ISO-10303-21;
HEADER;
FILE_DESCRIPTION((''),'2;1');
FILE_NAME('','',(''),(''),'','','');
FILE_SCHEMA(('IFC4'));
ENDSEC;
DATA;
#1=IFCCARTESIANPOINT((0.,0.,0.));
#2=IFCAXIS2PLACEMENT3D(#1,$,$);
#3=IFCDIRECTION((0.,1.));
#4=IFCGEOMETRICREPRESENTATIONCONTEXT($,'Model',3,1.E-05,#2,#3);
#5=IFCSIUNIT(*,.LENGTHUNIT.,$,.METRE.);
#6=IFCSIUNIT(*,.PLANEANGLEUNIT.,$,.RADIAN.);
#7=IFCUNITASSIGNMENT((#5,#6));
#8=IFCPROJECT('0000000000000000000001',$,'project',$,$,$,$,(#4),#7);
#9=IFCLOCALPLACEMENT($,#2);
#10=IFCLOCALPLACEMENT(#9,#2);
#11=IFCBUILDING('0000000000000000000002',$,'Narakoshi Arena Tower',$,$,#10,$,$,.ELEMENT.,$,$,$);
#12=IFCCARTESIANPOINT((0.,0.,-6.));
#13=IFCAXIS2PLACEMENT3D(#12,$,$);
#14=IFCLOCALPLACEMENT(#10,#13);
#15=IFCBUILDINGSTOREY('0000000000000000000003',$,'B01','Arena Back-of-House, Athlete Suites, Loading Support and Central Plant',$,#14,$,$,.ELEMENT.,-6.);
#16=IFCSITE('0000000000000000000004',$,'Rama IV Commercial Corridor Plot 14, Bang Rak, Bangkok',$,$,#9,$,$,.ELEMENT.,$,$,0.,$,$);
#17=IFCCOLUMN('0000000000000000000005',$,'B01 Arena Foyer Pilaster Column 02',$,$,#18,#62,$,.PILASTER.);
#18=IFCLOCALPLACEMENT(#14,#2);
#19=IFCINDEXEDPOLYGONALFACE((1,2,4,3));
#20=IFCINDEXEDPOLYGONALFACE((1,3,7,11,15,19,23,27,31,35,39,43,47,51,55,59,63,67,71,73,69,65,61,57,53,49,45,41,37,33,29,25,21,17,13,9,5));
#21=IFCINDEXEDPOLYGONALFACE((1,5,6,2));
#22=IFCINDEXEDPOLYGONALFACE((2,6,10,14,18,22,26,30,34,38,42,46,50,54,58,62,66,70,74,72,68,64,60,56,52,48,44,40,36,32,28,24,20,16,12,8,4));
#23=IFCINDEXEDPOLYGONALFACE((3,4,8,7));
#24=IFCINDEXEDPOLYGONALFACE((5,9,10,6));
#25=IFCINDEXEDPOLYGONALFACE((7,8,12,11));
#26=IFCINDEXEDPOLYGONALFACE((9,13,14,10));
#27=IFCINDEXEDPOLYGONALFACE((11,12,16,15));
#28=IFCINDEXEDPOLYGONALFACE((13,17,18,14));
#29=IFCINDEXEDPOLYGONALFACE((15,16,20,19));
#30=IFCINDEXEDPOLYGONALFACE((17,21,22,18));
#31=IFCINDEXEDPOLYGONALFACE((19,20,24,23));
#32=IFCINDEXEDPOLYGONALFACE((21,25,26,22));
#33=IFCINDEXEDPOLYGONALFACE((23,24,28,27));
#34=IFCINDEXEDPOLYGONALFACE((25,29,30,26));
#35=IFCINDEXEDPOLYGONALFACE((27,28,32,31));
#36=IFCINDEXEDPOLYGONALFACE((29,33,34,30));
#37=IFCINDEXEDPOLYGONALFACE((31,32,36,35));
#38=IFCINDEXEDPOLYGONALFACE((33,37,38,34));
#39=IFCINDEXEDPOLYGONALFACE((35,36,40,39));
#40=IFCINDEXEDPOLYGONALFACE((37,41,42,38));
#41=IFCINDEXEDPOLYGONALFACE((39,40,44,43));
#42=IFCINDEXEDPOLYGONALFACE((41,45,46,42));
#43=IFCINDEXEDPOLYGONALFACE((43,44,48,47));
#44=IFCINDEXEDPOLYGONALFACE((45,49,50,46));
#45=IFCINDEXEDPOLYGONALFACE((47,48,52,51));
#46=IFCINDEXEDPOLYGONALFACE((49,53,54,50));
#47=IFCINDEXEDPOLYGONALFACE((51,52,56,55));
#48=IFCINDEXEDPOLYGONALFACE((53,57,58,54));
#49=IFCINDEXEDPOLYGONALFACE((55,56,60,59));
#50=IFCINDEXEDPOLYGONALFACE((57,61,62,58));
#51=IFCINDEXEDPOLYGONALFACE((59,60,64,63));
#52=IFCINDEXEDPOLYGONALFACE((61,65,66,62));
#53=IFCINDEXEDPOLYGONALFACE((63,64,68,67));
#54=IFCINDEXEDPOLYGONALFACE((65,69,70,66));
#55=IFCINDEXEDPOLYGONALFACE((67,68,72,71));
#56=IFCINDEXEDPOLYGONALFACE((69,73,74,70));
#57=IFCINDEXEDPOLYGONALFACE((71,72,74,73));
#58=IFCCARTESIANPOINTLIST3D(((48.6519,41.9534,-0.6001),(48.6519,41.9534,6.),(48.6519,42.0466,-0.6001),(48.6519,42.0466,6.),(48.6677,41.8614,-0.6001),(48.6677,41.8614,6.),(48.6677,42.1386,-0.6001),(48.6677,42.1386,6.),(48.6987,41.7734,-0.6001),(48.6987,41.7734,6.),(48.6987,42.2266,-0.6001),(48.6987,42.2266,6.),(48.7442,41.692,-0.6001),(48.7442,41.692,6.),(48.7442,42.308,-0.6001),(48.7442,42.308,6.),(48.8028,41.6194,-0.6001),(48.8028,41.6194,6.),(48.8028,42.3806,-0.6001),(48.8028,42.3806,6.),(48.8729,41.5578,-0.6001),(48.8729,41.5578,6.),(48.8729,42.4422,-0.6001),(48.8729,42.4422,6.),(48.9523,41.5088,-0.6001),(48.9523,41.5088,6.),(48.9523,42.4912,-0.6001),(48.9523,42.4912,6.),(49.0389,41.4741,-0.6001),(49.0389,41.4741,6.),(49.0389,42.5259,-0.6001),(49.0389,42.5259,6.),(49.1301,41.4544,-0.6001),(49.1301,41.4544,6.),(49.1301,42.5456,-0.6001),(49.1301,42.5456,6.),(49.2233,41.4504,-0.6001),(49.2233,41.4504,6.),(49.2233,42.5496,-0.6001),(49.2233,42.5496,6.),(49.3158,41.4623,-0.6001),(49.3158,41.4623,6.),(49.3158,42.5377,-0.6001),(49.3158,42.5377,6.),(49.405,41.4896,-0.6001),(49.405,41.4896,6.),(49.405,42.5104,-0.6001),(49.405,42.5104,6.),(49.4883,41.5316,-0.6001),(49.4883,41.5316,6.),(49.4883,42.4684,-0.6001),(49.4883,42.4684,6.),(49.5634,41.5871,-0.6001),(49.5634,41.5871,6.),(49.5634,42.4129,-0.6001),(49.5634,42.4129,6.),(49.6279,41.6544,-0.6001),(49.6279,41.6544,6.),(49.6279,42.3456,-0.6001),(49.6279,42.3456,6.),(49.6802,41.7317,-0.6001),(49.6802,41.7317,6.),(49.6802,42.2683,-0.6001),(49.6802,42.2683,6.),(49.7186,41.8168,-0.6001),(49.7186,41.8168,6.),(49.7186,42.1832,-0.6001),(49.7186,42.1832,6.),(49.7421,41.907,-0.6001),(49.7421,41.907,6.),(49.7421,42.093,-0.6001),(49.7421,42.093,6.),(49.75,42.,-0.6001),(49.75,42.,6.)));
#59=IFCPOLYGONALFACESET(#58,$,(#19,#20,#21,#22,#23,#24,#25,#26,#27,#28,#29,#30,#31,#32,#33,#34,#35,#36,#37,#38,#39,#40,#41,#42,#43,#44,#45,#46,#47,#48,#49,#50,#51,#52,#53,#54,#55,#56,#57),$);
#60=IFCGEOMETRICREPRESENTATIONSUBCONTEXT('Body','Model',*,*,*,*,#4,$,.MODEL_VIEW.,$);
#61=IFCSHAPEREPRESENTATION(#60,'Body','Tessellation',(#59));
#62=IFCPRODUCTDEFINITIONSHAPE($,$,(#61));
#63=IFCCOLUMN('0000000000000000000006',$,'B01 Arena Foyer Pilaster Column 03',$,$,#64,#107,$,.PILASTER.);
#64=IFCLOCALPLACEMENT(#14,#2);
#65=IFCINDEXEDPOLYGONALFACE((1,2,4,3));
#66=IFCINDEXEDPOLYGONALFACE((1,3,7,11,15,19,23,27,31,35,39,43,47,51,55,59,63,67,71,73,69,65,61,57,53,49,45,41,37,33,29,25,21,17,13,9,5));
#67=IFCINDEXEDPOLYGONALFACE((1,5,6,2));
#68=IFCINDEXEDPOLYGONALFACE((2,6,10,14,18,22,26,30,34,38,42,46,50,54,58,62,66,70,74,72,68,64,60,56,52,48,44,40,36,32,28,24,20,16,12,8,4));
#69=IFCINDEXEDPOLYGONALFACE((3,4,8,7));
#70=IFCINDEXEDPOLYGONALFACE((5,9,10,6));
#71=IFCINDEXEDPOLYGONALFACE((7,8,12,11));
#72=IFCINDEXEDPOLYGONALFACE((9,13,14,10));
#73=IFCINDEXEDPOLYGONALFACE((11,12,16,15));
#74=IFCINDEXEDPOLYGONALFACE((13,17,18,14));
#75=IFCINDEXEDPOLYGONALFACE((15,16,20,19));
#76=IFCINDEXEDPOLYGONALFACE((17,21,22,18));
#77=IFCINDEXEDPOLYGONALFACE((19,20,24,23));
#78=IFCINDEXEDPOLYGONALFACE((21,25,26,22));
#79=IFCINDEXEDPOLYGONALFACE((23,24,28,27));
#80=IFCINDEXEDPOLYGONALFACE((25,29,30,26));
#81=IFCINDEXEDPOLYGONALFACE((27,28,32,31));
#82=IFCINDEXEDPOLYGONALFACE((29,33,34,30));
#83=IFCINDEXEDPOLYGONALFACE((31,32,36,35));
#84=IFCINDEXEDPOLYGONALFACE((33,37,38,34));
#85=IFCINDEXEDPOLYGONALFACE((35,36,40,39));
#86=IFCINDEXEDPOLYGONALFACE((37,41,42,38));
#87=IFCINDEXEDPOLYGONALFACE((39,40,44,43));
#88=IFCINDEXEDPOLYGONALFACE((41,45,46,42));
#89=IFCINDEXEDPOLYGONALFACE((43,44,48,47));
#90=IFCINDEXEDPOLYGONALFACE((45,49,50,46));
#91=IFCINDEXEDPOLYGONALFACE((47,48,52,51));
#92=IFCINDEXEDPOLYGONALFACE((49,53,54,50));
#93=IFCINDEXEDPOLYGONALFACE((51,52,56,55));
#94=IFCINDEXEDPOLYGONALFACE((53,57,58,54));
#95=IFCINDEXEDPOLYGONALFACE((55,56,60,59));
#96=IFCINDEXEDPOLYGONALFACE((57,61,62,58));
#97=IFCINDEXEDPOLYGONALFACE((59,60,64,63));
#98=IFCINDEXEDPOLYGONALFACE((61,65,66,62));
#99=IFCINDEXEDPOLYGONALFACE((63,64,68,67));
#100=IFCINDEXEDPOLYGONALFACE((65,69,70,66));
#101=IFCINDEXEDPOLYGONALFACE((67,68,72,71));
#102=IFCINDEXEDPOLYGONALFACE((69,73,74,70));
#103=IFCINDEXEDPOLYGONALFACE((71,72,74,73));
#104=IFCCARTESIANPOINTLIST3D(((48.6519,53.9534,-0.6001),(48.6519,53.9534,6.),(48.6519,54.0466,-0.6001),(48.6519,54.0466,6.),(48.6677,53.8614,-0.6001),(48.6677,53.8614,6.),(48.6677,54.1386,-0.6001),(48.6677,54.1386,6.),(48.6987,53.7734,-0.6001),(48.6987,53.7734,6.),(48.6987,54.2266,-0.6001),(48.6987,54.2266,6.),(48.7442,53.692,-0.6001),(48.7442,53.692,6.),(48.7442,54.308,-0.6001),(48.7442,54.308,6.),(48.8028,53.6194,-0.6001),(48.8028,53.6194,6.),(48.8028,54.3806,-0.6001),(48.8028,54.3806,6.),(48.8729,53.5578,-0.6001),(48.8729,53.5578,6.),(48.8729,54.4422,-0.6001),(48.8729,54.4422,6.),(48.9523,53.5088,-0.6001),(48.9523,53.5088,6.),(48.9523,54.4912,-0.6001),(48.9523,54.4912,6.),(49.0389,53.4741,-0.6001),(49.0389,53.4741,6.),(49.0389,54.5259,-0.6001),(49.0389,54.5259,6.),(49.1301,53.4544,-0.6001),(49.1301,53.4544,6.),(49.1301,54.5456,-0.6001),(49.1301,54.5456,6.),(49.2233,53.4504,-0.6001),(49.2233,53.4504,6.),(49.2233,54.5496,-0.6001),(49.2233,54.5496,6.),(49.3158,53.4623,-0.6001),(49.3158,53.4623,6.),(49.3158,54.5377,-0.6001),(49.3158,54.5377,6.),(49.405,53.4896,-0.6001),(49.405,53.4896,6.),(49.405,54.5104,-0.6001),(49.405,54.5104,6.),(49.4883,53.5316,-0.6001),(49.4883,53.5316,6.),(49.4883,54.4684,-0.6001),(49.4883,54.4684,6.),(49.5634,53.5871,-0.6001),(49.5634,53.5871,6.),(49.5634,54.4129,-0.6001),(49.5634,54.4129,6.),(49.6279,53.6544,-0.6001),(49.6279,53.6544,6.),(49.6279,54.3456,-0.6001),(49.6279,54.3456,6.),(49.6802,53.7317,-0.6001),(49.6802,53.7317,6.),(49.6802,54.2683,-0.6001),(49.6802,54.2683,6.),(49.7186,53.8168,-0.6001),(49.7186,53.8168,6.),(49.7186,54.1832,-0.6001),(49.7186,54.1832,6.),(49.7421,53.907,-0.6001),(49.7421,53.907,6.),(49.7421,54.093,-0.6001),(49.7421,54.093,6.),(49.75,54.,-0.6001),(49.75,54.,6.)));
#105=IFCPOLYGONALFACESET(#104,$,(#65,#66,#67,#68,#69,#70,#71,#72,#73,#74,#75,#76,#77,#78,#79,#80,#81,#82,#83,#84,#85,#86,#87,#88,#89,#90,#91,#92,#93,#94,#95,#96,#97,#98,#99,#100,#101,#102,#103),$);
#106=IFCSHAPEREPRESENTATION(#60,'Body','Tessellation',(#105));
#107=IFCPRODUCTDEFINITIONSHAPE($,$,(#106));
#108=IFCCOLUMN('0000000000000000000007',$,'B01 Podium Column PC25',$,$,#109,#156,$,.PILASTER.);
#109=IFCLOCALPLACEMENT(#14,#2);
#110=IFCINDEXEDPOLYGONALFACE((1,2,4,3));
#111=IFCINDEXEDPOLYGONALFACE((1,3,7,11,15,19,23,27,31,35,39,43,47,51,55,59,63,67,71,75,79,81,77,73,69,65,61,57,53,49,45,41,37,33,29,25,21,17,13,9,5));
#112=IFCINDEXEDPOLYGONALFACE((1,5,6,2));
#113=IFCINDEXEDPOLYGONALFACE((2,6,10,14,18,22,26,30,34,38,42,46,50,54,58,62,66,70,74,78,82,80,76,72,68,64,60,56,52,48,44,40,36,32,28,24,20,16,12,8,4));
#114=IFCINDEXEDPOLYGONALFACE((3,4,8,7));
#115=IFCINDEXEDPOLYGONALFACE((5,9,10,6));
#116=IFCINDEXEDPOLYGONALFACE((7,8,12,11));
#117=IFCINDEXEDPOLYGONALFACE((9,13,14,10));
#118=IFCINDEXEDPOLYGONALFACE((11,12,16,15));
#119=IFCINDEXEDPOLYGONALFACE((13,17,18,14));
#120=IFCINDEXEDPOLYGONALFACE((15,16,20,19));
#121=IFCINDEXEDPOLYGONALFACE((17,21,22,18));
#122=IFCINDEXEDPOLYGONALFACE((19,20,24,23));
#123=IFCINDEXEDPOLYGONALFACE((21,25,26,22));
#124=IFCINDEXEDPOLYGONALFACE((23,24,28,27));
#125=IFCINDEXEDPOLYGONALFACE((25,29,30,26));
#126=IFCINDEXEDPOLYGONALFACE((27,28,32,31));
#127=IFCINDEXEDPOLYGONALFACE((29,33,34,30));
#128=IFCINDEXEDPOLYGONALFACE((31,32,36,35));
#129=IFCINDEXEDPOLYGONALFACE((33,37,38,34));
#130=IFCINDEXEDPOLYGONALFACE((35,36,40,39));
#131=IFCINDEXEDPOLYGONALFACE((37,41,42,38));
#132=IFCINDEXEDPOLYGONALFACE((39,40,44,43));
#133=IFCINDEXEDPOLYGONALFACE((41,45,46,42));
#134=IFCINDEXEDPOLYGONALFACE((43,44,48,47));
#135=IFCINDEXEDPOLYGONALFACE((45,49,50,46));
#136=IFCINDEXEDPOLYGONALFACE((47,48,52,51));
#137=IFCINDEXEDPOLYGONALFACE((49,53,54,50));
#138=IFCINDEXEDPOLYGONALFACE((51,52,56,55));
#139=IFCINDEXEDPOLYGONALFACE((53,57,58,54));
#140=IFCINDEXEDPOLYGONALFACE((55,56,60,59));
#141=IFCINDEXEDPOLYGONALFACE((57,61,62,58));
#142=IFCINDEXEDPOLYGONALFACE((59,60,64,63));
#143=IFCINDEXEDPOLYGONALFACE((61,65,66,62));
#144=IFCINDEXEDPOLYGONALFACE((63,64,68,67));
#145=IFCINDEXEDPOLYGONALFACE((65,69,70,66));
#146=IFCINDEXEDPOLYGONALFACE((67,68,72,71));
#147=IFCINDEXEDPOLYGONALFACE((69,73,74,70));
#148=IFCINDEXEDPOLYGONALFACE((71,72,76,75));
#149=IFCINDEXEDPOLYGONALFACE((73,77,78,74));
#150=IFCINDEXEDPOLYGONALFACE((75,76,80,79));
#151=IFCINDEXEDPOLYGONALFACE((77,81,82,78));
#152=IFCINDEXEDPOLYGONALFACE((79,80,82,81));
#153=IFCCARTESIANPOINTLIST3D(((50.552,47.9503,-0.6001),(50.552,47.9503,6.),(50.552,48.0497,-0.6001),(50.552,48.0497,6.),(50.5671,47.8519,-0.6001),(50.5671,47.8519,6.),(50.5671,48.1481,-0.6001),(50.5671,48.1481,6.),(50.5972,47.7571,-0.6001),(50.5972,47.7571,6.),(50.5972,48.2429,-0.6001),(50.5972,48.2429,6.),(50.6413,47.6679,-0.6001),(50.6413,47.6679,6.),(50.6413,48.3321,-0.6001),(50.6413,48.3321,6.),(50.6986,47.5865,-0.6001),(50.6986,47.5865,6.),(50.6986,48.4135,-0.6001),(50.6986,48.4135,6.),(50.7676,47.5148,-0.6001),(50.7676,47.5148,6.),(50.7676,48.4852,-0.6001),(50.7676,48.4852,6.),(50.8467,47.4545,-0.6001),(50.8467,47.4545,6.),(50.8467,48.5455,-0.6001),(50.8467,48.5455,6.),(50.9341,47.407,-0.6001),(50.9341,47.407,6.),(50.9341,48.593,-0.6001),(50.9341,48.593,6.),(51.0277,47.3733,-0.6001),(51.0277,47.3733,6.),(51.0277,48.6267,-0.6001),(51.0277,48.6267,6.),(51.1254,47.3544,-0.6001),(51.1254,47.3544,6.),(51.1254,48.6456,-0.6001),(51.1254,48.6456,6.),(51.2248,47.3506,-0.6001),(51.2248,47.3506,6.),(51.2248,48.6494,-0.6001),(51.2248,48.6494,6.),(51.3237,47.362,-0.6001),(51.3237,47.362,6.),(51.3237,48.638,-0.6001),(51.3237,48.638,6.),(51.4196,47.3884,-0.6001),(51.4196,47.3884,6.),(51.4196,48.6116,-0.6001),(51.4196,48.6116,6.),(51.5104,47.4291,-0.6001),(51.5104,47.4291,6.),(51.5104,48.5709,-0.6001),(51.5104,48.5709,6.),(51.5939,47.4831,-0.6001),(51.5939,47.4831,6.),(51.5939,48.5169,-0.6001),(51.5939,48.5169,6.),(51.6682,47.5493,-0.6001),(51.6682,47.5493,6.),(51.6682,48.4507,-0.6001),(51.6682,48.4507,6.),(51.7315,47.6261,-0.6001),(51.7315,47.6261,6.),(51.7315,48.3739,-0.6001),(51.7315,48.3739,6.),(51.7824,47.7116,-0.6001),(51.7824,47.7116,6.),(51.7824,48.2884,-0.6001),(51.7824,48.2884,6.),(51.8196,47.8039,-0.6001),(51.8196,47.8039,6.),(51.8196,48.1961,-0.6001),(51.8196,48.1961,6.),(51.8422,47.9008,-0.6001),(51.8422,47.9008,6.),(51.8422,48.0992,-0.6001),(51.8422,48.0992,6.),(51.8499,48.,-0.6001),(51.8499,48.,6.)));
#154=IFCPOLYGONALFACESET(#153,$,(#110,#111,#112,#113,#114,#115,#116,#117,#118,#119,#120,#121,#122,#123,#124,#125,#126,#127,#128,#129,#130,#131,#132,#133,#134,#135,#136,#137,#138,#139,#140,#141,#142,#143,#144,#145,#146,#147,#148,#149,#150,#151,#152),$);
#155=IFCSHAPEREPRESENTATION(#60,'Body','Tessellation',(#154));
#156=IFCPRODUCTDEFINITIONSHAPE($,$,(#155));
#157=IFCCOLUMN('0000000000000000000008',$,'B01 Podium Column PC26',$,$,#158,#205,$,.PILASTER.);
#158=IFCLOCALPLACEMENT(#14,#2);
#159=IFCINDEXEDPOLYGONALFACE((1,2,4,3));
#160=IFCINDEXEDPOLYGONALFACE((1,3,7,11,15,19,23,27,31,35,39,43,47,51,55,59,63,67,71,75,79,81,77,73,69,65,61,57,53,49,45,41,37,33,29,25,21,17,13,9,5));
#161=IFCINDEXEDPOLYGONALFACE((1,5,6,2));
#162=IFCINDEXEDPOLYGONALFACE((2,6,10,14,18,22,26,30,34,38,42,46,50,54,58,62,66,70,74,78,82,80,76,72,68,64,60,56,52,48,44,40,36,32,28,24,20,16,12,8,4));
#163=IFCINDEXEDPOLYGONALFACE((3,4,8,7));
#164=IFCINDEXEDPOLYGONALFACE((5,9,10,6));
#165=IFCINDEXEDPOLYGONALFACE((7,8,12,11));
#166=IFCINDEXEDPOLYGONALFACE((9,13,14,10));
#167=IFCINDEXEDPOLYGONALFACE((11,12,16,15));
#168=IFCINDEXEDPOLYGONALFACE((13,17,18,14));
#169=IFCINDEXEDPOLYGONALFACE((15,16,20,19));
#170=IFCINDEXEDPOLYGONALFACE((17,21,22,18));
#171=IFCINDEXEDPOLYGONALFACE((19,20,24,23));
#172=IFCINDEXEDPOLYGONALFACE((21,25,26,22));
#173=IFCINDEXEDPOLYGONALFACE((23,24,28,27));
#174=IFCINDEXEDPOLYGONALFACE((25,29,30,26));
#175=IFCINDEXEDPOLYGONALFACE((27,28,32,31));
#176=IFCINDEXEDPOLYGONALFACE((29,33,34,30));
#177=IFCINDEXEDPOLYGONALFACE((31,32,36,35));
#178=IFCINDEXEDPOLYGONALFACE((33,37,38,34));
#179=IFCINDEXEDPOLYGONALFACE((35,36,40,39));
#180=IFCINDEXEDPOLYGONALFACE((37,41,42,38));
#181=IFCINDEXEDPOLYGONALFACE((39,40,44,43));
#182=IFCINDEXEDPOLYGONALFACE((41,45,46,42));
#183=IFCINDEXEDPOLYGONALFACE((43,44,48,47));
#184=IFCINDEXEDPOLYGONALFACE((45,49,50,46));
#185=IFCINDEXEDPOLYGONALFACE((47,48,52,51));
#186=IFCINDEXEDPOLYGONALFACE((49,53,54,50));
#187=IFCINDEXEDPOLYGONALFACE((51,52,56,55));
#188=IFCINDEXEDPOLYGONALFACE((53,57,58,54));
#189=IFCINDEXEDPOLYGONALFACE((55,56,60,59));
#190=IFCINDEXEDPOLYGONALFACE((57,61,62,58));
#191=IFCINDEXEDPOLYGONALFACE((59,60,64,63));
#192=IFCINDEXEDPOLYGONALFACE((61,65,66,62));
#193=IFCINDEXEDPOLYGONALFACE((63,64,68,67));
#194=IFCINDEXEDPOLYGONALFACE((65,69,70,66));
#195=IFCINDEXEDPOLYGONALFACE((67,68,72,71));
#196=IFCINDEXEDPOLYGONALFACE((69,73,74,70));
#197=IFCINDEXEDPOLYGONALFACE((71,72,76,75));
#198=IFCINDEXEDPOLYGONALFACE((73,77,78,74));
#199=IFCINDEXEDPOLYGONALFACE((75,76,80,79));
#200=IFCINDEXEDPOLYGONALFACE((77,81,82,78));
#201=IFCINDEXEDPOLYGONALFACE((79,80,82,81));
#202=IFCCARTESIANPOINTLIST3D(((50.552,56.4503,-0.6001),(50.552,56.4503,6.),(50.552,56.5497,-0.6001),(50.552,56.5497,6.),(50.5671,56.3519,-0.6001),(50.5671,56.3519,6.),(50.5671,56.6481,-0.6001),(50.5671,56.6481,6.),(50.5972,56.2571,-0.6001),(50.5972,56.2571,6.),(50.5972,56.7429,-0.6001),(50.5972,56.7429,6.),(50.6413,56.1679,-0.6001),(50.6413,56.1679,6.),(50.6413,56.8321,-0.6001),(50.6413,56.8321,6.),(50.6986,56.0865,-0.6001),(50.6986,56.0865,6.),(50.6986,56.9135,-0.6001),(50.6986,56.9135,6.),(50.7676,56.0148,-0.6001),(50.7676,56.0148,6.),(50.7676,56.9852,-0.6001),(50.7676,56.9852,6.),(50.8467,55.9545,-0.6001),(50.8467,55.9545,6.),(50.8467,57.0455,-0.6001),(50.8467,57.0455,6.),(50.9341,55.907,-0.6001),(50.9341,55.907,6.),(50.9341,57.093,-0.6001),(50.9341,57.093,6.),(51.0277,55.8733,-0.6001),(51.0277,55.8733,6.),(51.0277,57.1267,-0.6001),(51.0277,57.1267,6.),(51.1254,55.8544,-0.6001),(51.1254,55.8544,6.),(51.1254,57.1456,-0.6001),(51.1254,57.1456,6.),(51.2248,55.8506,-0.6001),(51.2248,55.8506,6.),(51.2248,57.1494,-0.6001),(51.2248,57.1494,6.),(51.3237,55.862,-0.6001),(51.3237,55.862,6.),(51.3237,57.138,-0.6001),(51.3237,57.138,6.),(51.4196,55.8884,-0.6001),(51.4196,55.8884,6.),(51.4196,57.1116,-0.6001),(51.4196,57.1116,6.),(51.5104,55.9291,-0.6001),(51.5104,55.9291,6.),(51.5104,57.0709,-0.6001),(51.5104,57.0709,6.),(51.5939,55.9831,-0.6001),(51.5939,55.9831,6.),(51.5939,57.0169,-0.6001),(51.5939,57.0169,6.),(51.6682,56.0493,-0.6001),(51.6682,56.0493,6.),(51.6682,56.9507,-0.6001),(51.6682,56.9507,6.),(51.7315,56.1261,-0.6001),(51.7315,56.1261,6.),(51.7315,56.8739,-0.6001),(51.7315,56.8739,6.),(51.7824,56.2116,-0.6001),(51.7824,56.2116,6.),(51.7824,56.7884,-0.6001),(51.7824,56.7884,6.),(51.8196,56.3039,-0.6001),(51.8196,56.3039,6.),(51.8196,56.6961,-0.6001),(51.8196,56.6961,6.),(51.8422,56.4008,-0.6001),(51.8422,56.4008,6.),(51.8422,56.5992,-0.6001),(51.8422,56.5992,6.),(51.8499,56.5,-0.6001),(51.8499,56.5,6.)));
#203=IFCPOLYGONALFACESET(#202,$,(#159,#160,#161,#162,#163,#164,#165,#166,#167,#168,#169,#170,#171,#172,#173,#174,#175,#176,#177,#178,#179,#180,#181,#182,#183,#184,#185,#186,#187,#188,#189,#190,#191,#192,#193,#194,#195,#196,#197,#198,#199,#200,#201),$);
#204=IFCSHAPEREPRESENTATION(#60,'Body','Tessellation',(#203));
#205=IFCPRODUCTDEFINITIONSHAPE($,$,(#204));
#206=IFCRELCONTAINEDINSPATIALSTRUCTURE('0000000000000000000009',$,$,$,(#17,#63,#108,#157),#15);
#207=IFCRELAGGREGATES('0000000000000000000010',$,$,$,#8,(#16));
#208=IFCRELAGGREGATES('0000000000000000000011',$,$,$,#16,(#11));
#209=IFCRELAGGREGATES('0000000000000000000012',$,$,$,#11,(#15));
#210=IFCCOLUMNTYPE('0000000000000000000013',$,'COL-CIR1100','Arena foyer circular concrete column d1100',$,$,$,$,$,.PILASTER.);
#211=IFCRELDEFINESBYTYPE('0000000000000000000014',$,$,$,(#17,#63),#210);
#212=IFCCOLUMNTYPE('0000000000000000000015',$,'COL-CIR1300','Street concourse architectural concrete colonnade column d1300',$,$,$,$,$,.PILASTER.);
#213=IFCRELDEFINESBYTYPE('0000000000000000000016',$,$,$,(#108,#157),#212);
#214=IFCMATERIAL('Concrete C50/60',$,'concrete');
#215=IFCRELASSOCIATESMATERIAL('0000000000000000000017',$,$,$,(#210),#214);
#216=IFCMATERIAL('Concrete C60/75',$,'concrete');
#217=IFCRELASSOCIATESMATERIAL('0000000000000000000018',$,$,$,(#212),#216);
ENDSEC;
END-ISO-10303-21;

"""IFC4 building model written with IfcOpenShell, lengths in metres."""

from ifc_helpers import new_model, si_unit, direction, frame, origin, origin_2d, place, context, subcontext, project, spatial, circle, extrude, material, material_profile, profile_set, type_object, element, save


model = new_model("IFC4")

# Units and contexts
model_context = context("Model", 3, precision=1e-05, world=origin(), true_north=direction((0.0, 1.0)))
body_context = subcontext(model_context, "Body", "Model", "MODEL_VIEW")
ifc_project = project(units=[si_unit("LENGTHUNIT", "METRE"), si_unit("PLANEANGLEUNIT", "RADIAN")], contexts=[model_context])

# Site, building, storey
site_placement = place(None, origin())
site = spatial("IfcSite", under=ifc_project, at=site_placement, Name="Rama IV Commercial Corridor Plot 14, Bang Rak, Bangkok", CompositionType="ELEMENT", RefElevation=0.0)
building_placement = place(site_placement, origin())
building = spatial("IfcBuilding", under=site, at=building_placement, Name="Narakoshi Arena Tower", CompositionType="ELEMENT")
storey_placement = place(building_placement, frame((0.0, 0.0, -6.0)))
storey = spatial("IfcBuildingStorey", under=building, at=storey_placement, Name="B01", Description="Arena Back-of-House, Athlete Suites, Loading Support and Central Plant", CompositionType="ELEMENT", Elevation=-6.0)

# Columns
ifc_material_1 = material(Name="Concrete C50/60", Category="concrete")
ifc_material_profile_1 = material_profile(ifc_material_1, circle(Radius=0.55, at=origin_2d()), Name="RCC1100")
ifc_profile_set_1 = profile_set([ifc_material_profile_1], Name="Concrete C50/60")
column_type_1 = type_object("IfcColumnType", Name="COL-CIR1100", Description="Arena foyer circular concrete column d1100", PredefinedType="PILASTER", material=ifc_profile_set_1)
for number, where, z_axis, x_axis, name in (
    (1, (49.2, 42.0, -0.6001), (0.0, 0.0, 1.0), (1.0, 0.0, 0.0), "B01 Arena Foyer Pilaster Column 02"),
    (2, (49.2, 54.0, -0.6001), (0.0, 0.0, 1.0), (1.0, 0.0, 0.0), "B01 Arena Foyer Pilaster Column 03"),
):
    element("IfcColumn", number, at=place(storey_placement, frame(where, z_axis=z_axis, x_axis=x_axis)), inside=storey, type_object=column_type_1, Name=name, PredefinedType="PILASTER", context=body_context, shape_type="SweptSolid", body=[
        extrude(circle(Radius=0.55, at=origin_2d()), origin(), (0.0, 0.0, 1.0), 6.6001),
    ])
ifc_material_2 = material(Name="Concrete C60/75", Category="concrete")
ifc_material_profile_2 = material_profile(ifc_material_2, circle(Radius=0.6499, at=origin_2d()), Name="RCC1300")
ifc_profile_set_2 = profile_set([ifc_material_profile_2], Name="Concrete C60/75")
column_type_2 = type_object("IfcColumnType", Name="COL-CIR1300", Description="Street concourse architectural concrete colonnade column d1300", PredefinedType="PILASTER", material=ifc_profile_set_2)
for number, where, z_axis, x_axis, name in (
    (3, (51.2, 48.0, -0.6001), (0.0, 0.0, 1.0), (1.0, 0.0, 0.0), "B01 Podium Column PC25"),
    (4, (51.2, 56.5, -0.6001), (0.0, 0.0, 1.0), (1.0, 0.0, 0.0), "B01 Podium Column PC26"),
):
    element("IfcColumn", number, at=place(storey_placement, frame(where, z_axis=z_axis, x_axis=x_axis)), inside=storey, type_object=column_type_2, Name=name, PredefinedType="PILASTER", context=body_context, shape_type="SweptSolid", body=[
        extrude(circle(Radius=0.6499, at=origin_2d()), origin(), (0.0, 0.0, 1.0), 6.6001),
    ])

save(model, "model.ifc")
